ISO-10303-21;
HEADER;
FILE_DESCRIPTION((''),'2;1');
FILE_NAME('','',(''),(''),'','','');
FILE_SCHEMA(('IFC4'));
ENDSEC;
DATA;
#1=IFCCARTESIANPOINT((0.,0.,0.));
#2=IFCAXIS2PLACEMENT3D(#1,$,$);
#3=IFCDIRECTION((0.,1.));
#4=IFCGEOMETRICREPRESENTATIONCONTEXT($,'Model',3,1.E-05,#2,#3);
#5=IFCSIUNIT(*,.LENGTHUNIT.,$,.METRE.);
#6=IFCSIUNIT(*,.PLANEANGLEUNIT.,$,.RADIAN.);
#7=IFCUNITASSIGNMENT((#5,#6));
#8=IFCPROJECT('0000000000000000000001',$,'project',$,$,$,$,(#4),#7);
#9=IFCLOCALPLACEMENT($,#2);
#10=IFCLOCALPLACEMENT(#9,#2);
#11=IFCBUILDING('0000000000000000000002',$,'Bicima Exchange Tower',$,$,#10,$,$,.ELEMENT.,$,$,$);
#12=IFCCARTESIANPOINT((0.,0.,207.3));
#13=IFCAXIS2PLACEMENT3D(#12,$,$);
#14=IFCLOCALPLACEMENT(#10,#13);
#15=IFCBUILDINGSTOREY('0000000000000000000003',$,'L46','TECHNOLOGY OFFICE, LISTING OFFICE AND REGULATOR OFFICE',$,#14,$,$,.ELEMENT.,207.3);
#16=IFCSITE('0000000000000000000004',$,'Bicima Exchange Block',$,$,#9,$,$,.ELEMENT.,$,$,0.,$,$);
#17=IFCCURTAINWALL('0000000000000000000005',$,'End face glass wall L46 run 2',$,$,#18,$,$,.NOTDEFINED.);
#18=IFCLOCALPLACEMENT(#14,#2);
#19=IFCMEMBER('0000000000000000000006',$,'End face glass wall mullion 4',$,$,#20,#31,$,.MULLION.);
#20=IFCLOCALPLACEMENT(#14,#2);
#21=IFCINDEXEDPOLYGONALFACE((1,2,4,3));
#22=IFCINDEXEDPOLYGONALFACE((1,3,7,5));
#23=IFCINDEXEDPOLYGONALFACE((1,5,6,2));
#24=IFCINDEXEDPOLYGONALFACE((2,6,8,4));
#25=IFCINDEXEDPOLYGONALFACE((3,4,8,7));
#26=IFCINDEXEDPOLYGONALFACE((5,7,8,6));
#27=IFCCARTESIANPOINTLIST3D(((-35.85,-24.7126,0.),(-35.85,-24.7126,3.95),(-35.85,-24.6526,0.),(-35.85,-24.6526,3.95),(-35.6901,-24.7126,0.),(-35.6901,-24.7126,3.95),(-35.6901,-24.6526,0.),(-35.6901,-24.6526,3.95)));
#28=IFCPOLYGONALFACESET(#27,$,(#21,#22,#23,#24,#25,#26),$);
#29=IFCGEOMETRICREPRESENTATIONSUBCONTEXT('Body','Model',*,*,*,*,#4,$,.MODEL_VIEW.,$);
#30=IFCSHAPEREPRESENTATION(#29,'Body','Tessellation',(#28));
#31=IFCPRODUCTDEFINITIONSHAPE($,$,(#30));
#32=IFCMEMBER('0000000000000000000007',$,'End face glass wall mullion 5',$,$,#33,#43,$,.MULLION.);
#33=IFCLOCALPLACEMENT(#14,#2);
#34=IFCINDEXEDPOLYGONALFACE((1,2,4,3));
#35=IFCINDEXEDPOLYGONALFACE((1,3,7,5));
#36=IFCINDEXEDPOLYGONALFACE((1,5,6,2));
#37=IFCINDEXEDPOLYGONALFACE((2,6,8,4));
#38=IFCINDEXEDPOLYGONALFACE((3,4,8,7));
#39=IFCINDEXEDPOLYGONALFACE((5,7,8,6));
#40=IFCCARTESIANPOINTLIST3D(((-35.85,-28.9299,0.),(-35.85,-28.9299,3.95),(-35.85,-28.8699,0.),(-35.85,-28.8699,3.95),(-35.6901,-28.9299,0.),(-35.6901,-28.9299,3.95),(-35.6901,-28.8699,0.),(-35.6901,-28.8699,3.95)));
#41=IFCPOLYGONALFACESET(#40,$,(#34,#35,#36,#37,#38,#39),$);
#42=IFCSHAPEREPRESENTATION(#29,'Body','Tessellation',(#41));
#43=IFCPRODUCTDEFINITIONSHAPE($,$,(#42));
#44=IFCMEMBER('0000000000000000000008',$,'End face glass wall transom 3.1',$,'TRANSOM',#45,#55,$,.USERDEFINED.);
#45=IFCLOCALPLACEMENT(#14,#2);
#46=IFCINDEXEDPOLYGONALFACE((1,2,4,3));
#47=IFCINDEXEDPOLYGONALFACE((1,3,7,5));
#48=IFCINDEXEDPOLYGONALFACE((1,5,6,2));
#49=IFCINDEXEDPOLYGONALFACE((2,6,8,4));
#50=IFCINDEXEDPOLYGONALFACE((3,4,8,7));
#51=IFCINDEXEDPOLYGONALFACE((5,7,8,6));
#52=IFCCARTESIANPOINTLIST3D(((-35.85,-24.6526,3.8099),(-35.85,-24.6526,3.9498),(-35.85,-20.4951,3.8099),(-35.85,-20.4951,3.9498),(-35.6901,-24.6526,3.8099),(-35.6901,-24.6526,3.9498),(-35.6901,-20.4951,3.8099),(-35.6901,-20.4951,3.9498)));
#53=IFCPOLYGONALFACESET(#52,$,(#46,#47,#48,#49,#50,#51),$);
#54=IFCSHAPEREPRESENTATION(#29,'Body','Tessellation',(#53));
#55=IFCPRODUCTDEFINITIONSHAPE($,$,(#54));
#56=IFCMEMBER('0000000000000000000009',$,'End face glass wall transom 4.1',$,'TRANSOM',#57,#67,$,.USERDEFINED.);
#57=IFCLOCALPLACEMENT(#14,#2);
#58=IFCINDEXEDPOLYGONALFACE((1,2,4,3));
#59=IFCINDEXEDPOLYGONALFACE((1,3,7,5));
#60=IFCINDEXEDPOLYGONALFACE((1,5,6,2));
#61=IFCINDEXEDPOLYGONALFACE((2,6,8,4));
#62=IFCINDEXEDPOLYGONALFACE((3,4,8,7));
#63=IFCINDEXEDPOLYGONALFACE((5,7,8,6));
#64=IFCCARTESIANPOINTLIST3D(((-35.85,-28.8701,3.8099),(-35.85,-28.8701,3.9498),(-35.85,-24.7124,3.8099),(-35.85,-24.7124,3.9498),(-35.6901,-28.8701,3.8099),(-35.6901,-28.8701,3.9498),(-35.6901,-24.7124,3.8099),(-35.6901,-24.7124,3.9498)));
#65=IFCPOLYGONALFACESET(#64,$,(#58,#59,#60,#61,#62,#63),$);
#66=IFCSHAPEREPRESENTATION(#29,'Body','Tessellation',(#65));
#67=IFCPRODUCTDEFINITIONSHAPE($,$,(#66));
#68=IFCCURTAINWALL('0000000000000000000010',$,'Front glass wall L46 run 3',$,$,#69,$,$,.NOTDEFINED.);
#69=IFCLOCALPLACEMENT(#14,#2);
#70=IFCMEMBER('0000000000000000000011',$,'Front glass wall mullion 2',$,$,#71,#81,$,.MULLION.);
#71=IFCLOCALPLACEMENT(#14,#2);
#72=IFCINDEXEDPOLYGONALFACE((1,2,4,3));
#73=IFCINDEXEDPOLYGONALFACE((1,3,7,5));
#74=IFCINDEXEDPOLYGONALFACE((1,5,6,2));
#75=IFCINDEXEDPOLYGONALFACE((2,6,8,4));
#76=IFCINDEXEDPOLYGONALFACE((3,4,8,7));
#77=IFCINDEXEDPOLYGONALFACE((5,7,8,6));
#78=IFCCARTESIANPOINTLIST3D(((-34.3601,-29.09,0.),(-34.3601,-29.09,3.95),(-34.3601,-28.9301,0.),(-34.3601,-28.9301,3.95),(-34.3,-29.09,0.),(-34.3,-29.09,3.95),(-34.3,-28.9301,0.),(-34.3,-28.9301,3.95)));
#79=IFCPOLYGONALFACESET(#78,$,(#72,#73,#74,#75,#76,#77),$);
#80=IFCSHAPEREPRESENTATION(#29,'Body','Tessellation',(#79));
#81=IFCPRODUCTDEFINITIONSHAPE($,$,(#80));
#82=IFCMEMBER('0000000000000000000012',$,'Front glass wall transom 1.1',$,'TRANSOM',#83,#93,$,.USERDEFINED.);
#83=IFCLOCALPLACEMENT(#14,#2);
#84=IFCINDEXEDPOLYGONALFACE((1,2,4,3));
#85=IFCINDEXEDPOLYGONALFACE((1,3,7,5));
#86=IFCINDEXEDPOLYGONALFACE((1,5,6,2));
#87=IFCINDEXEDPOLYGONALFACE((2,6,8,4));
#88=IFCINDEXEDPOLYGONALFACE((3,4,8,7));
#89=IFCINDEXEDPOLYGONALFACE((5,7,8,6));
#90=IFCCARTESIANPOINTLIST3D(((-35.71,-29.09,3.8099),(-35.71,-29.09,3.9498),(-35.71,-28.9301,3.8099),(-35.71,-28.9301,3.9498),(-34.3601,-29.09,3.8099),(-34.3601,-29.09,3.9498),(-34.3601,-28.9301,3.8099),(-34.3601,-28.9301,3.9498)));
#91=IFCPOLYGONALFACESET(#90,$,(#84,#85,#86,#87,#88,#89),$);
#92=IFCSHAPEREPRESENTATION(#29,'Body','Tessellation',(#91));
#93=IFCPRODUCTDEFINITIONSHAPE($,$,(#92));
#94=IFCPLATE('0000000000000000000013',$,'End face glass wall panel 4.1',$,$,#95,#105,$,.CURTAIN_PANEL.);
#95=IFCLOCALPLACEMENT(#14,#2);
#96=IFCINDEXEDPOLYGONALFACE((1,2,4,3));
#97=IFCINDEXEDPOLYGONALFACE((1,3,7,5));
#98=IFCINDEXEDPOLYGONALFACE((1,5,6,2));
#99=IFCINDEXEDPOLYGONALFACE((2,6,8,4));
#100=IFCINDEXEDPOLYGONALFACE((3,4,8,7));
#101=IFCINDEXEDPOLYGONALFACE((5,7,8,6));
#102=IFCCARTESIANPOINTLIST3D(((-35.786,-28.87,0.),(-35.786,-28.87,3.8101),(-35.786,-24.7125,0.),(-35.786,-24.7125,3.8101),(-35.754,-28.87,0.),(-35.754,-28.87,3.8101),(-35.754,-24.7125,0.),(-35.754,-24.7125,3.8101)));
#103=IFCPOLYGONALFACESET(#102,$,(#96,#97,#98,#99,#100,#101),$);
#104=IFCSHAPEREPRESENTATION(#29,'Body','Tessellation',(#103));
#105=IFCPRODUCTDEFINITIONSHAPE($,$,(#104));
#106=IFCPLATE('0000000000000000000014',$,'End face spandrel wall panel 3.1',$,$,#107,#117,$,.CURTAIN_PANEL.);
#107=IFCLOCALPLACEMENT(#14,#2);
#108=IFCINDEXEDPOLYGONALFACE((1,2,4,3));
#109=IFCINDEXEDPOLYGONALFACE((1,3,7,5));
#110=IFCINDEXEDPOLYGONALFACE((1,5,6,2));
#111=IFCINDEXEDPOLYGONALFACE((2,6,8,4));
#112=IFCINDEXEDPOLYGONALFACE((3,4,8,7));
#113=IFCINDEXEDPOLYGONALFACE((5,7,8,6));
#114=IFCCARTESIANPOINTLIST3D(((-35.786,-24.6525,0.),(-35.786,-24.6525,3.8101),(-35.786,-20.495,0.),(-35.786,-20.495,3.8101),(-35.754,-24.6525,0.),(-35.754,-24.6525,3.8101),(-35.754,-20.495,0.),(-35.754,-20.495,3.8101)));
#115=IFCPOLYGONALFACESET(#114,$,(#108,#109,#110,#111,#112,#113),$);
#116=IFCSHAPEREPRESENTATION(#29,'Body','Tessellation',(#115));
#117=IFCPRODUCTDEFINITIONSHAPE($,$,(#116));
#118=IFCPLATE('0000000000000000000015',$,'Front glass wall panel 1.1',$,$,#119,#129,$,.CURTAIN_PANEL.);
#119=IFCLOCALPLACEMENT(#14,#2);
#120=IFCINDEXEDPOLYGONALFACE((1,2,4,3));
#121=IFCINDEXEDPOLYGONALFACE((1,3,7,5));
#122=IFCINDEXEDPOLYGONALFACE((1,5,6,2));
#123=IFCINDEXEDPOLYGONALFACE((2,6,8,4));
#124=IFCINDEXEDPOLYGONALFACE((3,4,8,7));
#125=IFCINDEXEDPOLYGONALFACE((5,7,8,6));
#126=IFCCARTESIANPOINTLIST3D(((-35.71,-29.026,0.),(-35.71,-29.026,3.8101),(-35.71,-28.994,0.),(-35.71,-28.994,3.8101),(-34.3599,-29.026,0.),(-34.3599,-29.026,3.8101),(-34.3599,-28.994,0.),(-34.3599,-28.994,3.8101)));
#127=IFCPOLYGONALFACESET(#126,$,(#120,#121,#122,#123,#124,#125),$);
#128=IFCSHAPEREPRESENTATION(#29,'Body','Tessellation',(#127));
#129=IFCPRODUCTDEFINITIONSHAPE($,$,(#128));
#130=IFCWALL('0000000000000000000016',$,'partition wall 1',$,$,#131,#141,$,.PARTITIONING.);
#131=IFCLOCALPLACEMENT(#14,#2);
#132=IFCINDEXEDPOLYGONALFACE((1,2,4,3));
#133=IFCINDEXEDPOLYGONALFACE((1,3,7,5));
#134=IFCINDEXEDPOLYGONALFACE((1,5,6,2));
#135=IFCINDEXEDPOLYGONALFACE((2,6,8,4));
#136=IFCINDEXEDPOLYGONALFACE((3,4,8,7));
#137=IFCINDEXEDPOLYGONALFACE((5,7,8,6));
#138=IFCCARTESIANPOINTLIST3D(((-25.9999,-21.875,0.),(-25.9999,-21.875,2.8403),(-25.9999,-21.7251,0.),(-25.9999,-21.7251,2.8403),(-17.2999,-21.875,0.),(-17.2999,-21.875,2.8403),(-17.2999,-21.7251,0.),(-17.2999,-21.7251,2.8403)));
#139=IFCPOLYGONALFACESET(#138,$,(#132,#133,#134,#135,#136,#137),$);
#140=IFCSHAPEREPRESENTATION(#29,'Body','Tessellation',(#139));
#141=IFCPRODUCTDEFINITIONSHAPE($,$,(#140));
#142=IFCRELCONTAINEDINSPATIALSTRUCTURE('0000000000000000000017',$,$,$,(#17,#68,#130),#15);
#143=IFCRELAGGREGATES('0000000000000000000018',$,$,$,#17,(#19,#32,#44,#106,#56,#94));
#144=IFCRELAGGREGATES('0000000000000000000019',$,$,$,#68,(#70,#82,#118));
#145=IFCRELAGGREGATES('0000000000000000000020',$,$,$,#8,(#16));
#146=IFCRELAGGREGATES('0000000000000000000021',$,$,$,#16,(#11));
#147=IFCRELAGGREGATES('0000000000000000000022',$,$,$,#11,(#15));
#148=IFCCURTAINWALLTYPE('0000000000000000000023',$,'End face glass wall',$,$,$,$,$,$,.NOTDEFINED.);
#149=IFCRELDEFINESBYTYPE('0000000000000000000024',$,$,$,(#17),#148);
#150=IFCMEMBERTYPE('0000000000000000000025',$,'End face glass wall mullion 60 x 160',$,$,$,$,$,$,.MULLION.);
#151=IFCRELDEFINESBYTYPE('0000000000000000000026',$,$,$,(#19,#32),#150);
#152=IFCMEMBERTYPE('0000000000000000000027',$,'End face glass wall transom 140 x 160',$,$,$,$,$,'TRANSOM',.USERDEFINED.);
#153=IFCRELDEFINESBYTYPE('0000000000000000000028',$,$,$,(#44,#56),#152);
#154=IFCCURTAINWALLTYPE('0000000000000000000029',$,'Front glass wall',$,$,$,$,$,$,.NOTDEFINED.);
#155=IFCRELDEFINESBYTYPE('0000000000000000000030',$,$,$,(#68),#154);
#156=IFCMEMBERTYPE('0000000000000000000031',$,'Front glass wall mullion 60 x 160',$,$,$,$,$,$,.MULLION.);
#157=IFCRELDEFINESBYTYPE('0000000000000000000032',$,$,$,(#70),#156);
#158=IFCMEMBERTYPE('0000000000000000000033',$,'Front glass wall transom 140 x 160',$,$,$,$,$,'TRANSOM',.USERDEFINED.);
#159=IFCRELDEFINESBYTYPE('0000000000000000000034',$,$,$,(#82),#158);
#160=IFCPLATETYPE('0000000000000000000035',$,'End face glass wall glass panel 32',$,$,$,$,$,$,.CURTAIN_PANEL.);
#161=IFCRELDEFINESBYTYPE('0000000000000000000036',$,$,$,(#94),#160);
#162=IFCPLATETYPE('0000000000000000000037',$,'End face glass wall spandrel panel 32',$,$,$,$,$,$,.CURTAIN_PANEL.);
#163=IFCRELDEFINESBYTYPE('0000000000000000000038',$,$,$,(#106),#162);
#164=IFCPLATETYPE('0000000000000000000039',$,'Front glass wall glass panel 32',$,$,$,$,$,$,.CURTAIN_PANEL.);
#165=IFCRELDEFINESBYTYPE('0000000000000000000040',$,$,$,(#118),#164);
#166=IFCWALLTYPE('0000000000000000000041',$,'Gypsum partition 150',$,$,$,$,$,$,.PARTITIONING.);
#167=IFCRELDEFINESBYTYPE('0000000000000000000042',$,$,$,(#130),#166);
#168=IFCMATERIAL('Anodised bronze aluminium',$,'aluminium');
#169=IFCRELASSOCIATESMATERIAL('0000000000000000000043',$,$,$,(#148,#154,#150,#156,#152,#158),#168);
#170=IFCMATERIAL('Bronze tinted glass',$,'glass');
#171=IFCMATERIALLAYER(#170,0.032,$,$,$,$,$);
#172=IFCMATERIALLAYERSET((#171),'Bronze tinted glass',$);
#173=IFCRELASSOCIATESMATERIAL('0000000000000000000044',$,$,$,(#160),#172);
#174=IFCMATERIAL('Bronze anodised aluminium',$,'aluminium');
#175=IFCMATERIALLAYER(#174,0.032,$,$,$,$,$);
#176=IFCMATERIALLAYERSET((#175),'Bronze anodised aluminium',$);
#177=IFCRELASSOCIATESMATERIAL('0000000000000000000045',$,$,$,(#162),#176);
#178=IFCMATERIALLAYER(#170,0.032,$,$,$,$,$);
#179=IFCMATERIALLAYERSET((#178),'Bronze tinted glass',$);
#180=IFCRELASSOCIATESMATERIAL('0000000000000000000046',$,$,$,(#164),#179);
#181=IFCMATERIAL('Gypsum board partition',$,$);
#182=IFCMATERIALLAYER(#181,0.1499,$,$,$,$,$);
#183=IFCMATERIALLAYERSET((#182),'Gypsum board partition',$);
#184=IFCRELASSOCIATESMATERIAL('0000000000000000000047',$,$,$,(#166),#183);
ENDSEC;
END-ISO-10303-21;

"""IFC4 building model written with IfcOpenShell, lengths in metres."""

from ifc_helpers import new_model, si_unit, direction, frame, frame_2d, origin, origin_2d, place, context, subcontext, project, spatial, rectangle, extrude, material, layer, layer_set, material_profile, profile_set, type_object, element, aggregate, save


model = new_model("IFC4")

# Units and contexts
model_context = context("Model", 3, precision=1e-05, world=origin(), true_north=direction((0.0, 1.0)))
body_context = subcontext(model_context, "Body", "Model", "MODEL_VIEW")
ifc_project = project(units=[si_unit("LENGTHUNIT", "METRE"), si_unit("PLANEANGLEUNIT", "RADIAN")], contexts=[model_context])

# Site, building, storey
site_placement = place(None, origin())
site = spatial("IfcSite", under=ifc_project, at=site_placement, Name="Bicima Exchange Block", CompositionType="ELEMENT", RefElevation=0.0)
building_placement = place(site_placement, origin())
building = spatial("IfcBuilding", under=site, at=building_placement, Name="Bicima Exchange Tower", CompositionType="ELEMENT")
storey_placement = place(building_placement, frame((0.0, 0.0, 207.3)))
storey = spatial("IfcBuildingStorey", under=building, at=storey_placement, Name="L46", Description="TECHNOLOGY OFFICE, LISTING OFFICE AND REGULATOR OFFICE", CompositionType="ELEMENT", Elevation=207.3)

# Curtain walls, members
ifc_material_1 = material(Name="Anodised bronze aluminium", Category="aluminium")
curtain_wall_type_1 = type_object("IfcCurtainWallType", Name="End face glass wall", PredefinedType="NOTDEFINED", material=ifc_material_1)
curtain_wall_1_placement = place(storey_placement, origin())
curtain_wall_1 = element("IfcCurtainWall", 1, at=curtain_wall_1_placement, inside=storey, type_object=curtain_wall_type_1, Name="End face glass wall L46 run 2", PredefinedType="NOTDEFINED")
ifc_material_profile_1 = material_profile(ifc_material_1, rectangle(XDim=0.1599, YDim=0.0601, at=origin_2d()))
ifc_profile_set_1 = profile_set([ifc_material_profile_1], Name="Anodised bronze aluminium")
member_type_1 = type_object("IfcMemberType", Name="End face glass wall mullion 60 x 160", PredefinedType="MULLION", material=ifc_profile_set_1)
member_1_placement = place(storey_placement, frame((-35.77, -24.6826, 0.0), z_axis=(0.0, 0.0, 1.0), x_axis=(1.0, 0.0, 0.0)))
member_1 = element("IfcMember", 2, at=member_1_placement, type_object=member_type_1, Name="End face glass wall mullion 4", PredefinedType="MULLION", context=body_context, shape_type="SweptSolid", body=[
    extrude(rectangle(XDim=0.1599, YDim=0.0601, at=origin_2d()), origin(), (0.0, 0.0, 1.0), 3.95),
])
member_2_placement = place(storey_placement, frame((-35.77, -28.8999, 0.0), z_axis=(0.0, 0.0, 1.0), x_axis=(1.0, 0.0, 0.0)))
member_2 = element("IfcMember", 3, at=member_2_placement, type_object=member_type_1, Name="End face glass wall mullion 5", PredefinedType="MULLION", context=body_context, shape_type="SweptSolid", body=[
    extrude(rectangle(XDim=0.1599, YDim=0.0601, at=origin_2d()), origin(), (0.0, 0.0, 1.0), 3.95),
])
ifc_material_profile_2 = material_profile(ifc_material_1, rectangle(XDim=0.1599, YDim=0.1399, at=origin_2d()))
ifc_profile_set_2 = profile_set([ifc_material_profile_2], Name="Anodised bronze aluminium")
member_type_2 = type_object("IfcMemberType", Name="End face glass wall transom 140 x 160", ElementType="TRANSOM", PredefinedType="USERDEFINED", material=ifc_profile_set_2)
member_3_placement = place(storey_placement, frame((-35.77, -20.4951, 3.8799), z_axis=(0.0, -1.0, 0.0), x_axis=(1.0, 0.0, 0.0)))
member_3 = element("IfcMember", 4, at=member_3_placement, type_object=member_type_2, Name="End face glass wall transom 3.1", ObjectType="TRANSOM", PredefinedType="USERDEFINED", context=body_context, shape_type="SweptSolid", body=[
    extrude(rectangle(XDim=0.1599, YDim=0.1399, at=origin_2d()), origin(), (0.0, 0.0, 1.0), 4.1575),
])
member_4_placement = place(storey_placement, frame((-35.77, -24.7124, 3.8799), z_axis=(0.0, -1.0, 0.0), x_axis=(1.0, 0.0, 0.0)))
member_4 = element("IfcMember", 5, at=member_4_placement, type_object=member_type_2, Name="End face glass wall transom 4.1", ObjectType="TRANSOM", PredefinedType="USERDEFINED", context=body_context, shape_type="SweptSolid", body=[
    extrude(rectangle(XDim=0.1599, YDim=0.1399, at=origin_2d()), origin(), (0.0, 0.0, 1.0), 4.1577),
])
curtain_wall_type_2 = type_object("IfcCurtainWallType", Name="Front glass wall", PredefinedType="NOTDEFINED", material=ifc_material_1)
curtain_wall_2_placement = place(storey_placement, origin())
curtain_wall_2 = element("IfcCurtainWall", 6, at=curtain_wall_2_placement, inside=storey, type_object=curtain_wall_type_2, Name="Front glass wall L46 run 3", PredefinedType="NOTDEFINED")
member_type_3 = type_object("IfcMemberType", Name="Front glass wall mullion 60 x 160", PredefinedType="MULLION", material=ifc_profile_set_1)
member_5_placement = place(storey_placement, frame((-34.3301, -29.01, 0.0), z_axis=(0.0, 0.0, 1.0), x_axis=(0.0, 1.0, 0.0)))
member_5 = element("IfcMember", 7, at=member_5_placement, type_object=member_type_3, Name="Front glass wall mullion 2", PredefinedType="MULLION", context=body_context, shape_type="SweptSolid", body=[
    extrude(rectangle(XDim=0.1599, YDim=0.0601, at=origin_2d()), origin(), (0.0, 0.0, 1.0), 3.95),
])
member_type_4 = type_object("IfcMemberType", Name="Front glass wall transom 140 x 160", ElementType="TRANSOM", PredefinedType="USERDEFINED", material=ifc_profile_set_2)
member_6_placement = place(storey_placement, frame((-35.71, -29.01, 3.8799), z_axis=(1.0, 0.0, 0.0), x_axis=(0.0, 1.0, 0.0)))
member_6 = element("IfcMember", 8, at=member_6_placement, type_object=member_type_4, Name="Front glass wall transom 1.1", ObjectType="TRANSOM", PredefinedType="USERDEFINED", context=body_context, shape_type="SweptSolid", body=[
    extrude(rectangle(XDim=0.1599, YDim=0.1399, at=origin_2d()), origin(), (0.0, 0.0, 1.0), 1.3499),
])

# Plates
ifc_material_2 = material(Name="Bronze tinted glass", Category="glass")
ifc_layer_1 = layer(ifc_material_2, 0.032)
ifc_layer_set_1 = layer_set([ifc_layer_1], Name="Bronze tinted glass")
plate_type_1 = type_object("IfcPlateType", Name="End face glass wall glass panel 32", PredefinedType="CURTAIN_PANEL", material=ifc_layer_set_1)
plate_1_placement = place(storey_placement, frame((-35.77, -26.7913, 0.0), z_axis=(0.0, 0.0, 1.0), x_axis=(0.0, -1.0, 0.0)))
plate_1 = element("IfcPlate", 9, at=plate_1_placement, type_object=plate_type_1, Name="End face glass wall panel 4.1", PredefinedType="CURTAIN_PANEL", context=body_context, shape_type="SweptSolid", body=[
    extrude(rectangle(XDim=4.1575, YDim=0.032, at=origin_2d()), origin(), (0.0, 0.0, 1.0), 3.8101),
])
ifc_material_3 = material(Name="Bronze anodised aluminium", Category="aluminium")
ifc_layer_2 = layer(ifc_material_3, 0.032)
ifc_layer_set_2 = layer_set([ifc_layer_2], Name="Bronze anodised aluminium")
plate_type_2 = type_object("IfcPlateType", Name="End face glass wall spandrel panel 32", PredefinedType="CURTAIN_PANEL", material=ifc_layer_set_2)
plate_2_placement = place(storey_placement, frame((-35.77, -22.5737, 0.0), z_axis=(0.0, 0.0, 1.0), x_axis=(0.0, -1.0, 0.0)))
plate_2 = element("IfcPlate", 10, at=plate_2_placement, type_object=plate_type_2, Name="End face spandrel wall panel 3.1", PredefinedType="CURTAIN_PANEL", context=body_context, shape_type="SweptSolid", body=[
    extrude(rectangle(XDim=4.1575, YDim=0.032, at=origin_2d()), origin(), (0.0, 0.0, 1.0), 3.8101),
])
aggregate(curtain_wall_1, [member_1, member_2, member_3, plate_2, member_4, plate_1])
ifc_layer_3 = layer(ifc_material_2, 0.032)
ifc_layer_set_3 = layer_set([ifc_layer_3], Name="Bronze tinted glass")
plate_type_3 = type_object("IfcPlateType", Name="Front glass wall glass panel 32", PredefinedType="CURTAIN_PANEL", material=ifc_layer_set_3)
plate_3_placement = place(storey_placement, frame((-35.0349, -29.01, 0.0), z_axis=(0.0, 0.0, 1.0), x_axis=(1.0, 0.0, 0.0)))
plate_3 = element("IfcPlate", 11, at=plate_3_placement, type_object=plate_type_3, Name="Front glass wall panel 1.1", PredefinedType="CURTAIN_PANEL", context=body_context, shape_type="SweptSolid", body=[
    extrude(rectangle(XDim=1.3501, YDim=0.032, at=origin_2d()), origin(), (0.0, 0.0, 1.0), 3.8101),
])
aggregate(curtain_wall_2, [member_5, member_6, plate_3])

# Wall
ifc_material_4 = material(Name="Gypsum board partition")
ifc_layer_4 = layer(ifc_material_4, 0.1499)
ifc_layer_set_4 = layer_set([ifc_layer_4], Name="Gypsum board partition")
wall_type = type_object("IfcWallType", Name="Gypsum partition 150", PredefinedType="PARTITIONING", material=ifc_layer_set_4)
wall_placement = place(storey_placement, frame((-26.0, -21.8, 0.0), z_axis=(0.0, 0.0, 1.0), x_axis=(1.0, 0.0, 0.0)))
element("IfcWall", 12, at=wall_placement, inside=storey, type_object=wall_type, Name="partition wall 1", PredefinedType="PARTITIONING", context=body_context, shape_type="SweptSolid", body=[
    extrude(rectangle(XDim=8.7, YDim=0.1499, at=frame_2d((4.3501, 0.0))), origin(), (0.0, 0.0, 1.0), 2.8403),
])

save(model, "model.ifc")
